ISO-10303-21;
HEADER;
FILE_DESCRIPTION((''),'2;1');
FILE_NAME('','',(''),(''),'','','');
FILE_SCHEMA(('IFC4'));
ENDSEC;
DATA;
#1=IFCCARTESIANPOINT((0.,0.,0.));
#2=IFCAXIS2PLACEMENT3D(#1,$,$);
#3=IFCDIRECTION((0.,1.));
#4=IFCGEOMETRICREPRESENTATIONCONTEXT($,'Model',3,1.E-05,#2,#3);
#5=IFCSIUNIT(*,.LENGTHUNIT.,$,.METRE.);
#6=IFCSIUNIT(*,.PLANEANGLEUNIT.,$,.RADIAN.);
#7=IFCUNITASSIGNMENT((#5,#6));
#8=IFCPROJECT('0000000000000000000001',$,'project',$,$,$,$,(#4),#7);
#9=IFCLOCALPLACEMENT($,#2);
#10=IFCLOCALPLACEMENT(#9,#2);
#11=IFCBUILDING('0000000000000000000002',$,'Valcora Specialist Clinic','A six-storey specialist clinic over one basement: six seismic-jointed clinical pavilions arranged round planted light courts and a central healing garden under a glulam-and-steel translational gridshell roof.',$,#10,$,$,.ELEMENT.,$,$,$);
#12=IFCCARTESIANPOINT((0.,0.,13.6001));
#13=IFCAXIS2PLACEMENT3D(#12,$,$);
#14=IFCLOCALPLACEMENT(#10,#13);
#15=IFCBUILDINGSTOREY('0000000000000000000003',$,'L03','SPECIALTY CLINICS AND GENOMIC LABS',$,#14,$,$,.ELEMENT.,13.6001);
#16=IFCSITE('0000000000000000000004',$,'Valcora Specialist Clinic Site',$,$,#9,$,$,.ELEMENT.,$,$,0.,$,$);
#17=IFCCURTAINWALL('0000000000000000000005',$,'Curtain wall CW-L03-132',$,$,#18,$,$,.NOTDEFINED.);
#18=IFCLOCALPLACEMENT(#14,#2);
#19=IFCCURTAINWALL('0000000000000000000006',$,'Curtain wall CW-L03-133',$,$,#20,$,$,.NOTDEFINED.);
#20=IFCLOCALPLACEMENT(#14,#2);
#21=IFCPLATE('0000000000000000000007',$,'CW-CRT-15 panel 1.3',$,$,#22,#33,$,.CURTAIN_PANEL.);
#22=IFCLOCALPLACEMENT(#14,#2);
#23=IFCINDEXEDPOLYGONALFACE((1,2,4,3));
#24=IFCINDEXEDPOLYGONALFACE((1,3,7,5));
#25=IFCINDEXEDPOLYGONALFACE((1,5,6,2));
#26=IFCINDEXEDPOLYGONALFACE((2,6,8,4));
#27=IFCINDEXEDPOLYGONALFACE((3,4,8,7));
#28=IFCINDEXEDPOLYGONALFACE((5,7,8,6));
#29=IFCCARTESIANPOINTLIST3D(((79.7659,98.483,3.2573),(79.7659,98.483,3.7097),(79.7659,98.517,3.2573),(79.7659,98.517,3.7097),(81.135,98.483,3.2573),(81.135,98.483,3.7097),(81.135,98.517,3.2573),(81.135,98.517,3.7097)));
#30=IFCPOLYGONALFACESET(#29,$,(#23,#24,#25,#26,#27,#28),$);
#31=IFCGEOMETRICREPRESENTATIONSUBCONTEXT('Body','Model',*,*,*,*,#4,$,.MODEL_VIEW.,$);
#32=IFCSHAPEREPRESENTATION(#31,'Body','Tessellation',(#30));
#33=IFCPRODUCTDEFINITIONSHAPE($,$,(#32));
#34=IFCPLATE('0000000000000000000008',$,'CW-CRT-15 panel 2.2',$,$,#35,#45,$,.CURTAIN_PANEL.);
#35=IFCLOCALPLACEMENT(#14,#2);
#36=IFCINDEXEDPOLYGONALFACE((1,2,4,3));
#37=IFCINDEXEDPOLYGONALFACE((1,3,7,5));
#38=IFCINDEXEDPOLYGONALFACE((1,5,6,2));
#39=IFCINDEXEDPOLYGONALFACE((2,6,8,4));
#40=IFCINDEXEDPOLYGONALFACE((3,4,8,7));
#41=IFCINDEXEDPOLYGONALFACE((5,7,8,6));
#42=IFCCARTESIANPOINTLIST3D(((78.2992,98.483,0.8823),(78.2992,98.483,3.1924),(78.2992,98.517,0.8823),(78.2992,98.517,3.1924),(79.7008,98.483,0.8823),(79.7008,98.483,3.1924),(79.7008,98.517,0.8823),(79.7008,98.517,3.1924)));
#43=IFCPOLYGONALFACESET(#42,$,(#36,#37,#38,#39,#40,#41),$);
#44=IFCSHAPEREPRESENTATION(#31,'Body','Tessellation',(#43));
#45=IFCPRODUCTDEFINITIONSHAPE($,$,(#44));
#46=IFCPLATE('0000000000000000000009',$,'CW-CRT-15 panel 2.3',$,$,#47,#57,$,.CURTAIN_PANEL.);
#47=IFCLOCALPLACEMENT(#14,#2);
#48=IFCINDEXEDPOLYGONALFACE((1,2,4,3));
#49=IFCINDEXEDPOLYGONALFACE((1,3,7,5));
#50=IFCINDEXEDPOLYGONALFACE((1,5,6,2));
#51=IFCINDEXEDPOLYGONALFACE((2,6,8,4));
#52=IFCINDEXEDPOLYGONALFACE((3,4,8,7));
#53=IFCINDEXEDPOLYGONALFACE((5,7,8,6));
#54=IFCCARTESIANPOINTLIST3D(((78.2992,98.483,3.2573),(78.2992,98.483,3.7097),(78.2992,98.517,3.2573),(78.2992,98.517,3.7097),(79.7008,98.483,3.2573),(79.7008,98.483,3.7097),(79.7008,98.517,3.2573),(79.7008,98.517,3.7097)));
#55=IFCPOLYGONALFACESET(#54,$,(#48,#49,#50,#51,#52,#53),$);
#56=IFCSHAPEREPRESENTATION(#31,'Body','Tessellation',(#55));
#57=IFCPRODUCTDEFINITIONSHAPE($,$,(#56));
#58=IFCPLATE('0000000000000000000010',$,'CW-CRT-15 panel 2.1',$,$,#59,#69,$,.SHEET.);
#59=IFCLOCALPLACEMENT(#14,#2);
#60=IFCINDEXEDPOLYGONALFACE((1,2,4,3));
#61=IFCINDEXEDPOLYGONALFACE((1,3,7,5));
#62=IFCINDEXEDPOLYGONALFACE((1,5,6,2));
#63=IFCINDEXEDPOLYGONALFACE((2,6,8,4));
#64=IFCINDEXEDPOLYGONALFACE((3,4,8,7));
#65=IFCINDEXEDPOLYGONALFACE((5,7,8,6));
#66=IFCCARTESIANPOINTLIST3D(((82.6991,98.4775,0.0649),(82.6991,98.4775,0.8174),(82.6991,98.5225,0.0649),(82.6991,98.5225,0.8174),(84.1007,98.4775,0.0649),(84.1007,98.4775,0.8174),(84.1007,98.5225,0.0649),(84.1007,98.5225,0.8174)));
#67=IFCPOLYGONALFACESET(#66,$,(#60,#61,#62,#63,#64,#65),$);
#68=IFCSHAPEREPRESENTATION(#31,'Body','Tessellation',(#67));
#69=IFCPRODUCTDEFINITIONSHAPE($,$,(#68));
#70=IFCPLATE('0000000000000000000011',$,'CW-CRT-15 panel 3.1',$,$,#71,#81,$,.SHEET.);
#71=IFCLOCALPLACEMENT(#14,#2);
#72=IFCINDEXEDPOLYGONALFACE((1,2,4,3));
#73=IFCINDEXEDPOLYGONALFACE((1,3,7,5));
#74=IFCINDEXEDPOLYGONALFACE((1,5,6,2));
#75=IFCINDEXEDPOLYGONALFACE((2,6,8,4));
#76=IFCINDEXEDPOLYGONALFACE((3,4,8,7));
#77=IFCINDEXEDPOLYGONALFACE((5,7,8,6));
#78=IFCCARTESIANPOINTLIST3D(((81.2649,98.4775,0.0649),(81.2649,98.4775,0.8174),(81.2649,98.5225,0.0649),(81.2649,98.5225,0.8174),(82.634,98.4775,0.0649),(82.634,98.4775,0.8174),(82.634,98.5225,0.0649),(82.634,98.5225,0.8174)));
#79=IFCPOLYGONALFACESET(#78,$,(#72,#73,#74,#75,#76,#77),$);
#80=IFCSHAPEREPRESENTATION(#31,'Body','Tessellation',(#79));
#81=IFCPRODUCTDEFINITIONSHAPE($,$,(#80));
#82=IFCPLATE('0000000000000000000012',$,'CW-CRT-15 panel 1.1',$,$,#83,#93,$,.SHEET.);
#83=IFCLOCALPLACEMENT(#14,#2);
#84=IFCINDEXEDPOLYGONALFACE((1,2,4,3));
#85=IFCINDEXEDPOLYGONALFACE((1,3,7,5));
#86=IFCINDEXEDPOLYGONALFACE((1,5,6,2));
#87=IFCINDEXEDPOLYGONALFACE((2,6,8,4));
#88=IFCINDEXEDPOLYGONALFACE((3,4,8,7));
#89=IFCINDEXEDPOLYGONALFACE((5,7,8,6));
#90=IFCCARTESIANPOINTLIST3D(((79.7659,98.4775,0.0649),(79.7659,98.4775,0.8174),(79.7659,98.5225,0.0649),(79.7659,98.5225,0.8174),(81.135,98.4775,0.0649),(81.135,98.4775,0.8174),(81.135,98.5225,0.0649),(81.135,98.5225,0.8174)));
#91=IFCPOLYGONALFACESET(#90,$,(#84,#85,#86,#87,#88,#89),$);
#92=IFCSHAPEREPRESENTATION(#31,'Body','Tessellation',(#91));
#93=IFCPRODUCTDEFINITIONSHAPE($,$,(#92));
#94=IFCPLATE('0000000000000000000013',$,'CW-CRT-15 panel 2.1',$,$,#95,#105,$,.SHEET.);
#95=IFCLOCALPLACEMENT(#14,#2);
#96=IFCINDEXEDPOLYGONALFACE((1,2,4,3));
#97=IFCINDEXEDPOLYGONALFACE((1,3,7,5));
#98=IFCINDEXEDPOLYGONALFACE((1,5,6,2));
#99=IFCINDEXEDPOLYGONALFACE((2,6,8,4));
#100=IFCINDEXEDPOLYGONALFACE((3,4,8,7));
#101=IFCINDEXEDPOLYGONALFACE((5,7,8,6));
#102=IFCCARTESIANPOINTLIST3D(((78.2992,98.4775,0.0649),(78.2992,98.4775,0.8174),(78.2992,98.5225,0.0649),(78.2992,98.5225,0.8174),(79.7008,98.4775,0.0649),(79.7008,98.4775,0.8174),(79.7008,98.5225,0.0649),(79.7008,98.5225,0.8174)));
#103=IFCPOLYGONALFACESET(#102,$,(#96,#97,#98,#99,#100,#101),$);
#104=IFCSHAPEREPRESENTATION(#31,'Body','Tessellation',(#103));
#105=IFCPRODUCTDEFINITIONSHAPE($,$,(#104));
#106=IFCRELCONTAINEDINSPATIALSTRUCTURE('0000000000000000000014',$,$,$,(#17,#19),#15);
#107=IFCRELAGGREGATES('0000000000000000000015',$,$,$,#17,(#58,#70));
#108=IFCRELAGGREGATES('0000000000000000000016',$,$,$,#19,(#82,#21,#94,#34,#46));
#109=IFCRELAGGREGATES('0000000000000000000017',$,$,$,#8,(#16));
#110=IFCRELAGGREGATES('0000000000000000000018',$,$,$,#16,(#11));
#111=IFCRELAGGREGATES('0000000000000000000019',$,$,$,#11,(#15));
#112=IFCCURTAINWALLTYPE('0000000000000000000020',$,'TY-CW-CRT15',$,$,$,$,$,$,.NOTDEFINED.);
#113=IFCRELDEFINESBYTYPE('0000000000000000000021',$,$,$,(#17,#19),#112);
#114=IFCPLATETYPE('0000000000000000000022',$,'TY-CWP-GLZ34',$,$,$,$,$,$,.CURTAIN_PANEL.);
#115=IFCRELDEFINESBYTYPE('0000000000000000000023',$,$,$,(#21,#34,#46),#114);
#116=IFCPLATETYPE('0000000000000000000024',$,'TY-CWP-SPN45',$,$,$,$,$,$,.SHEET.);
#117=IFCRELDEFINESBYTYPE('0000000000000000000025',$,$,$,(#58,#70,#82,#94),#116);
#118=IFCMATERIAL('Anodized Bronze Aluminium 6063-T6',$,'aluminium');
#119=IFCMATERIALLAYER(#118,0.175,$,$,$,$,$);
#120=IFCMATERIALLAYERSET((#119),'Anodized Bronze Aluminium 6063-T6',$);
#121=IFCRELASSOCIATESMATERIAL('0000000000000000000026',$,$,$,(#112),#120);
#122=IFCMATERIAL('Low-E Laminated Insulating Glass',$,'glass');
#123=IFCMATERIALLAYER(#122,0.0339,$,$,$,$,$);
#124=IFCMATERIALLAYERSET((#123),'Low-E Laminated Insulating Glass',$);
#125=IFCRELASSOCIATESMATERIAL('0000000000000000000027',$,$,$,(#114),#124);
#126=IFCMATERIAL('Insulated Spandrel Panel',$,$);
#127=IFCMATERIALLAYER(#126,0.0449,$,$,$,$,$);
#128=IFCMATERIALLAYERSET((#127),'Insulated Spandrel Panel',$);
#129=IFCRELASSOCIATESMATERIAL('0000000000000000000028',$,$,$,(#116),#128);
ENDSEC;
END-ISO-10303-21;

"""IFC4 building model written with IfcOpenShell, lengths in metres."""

from ifc_helpers import new_model, si_unit, direction, frame, origin, origin_2d, place, context, subcontext, project, spatial, rectangle, extrude, material, layer, layer_set, type_object, element, aggregate, save


model = new_model("IFC4")

# Units and contexts
model_context = context("Model", 3, precision=1e-05, world=origin(), true_north=direction((0.0, 1.0)))
body_context = subcontext(model_context, "Body", "Model", "MODEL_VIEW")
ifc_project = project(units=[si_unit("LENGTHUNIT", "METRE"), si_unit("PLANEANGLEUNIT", "RADIAN")], contexts=[model_context])

# Site, building, storey
site_placement = place(None, origin())
site = spatial("IfcSite", under=ifc_project, at=site_placement, Name="Valcora Specialist Clinic Site", CompositionType="ELEMENT", RefElevation=0.0)
building_placement = place(site_placement, origin())
building = spatial("IfcBuilding", under=site, at=building_placement, Name="Valcora Specialist Clinic", Description="A six-storey specialist clinic over one basement: six seismic-jointed clinical pavilions arranged round planted light courts and a central healing garden under a glulam-and-steel translational gridshell roof.", CompositionType="ELEMENT")
storey_placement = place(building_placement, frame((0.0, 0.0, 13.6001)))
storey = spatial("IfcBuildingStorey", under=building, at=storey_placement, Name="L03", Description="SPECIALTY CLINICS AND GENOMIC LABS", CompositionType="ELEMENT", Elevation=13.6001)

# Curtain walls
ifc_material_1 = material(Name="Anodized Bronze Aluminium 6063-T6", Category="aluminium")
ifc_layer_1 = layer(ifc_material_1, 0.175)
ifc_layer_set_1 = layer_set([ifc_layer_1], Name="Anodized Bronze Aluminium 6063-T6")
curtain_wall_type = type_object("IfcCurtainWallType", Name="TY-CW-CRT15", PredefinedType="NOTDEFINED", material=ifc_layer_set_1)
curtain_wall_1_placement = place(storey_placement, origin())
curtain_wall_1 = element("IfcCurtainWall", 1, at=curtain_wall_1_placement, inside=storey, type_object=curtain_wall_type, Name="Curtain wall CW-L03-132", PredefinedType="NOTDEFINED")
curtain_wall_2_placement = place(storey_placement, origin())
curtain_wall_2 = element("IfcCurtainWall", 2, at=curtain_wall_2_placement, inside=storey, type_object=curtain_wall_type, Name="Curtain wall CW-L03-133", PredefinedType="NOTDEFINED")

# Plates
ifc_material_2 = material(Name="Low-E Laminated Insulating Glass", Category="glass")
ifc_layer_2 = layer(ifc_material_2, 0.0339)
ifc_layer_set_2 = layer_set([ifc_layer_2], Name="Low-E Laminated Insulating Glass")
plate_type_1 = type_object("IfcPlateType", Name="TY-CWP-GLZ34", PredefinedType="CURTAIN_PANEL", material=ifc_layer_set_2)
plate_1_placement = place(storey_placement, frame((80.4504, 98.5, 3.2573), z_axis=(0.0, 0.0, 1.0), x_axis=(-1.0, 0.0, 0.0)))
plate_1 = element("IfcPlate", 3, at=plate_1_placement, type_object=plate_type_1, Name="CW-CRT-15 panel 1.3", PredefinedType="CURTAIN_PANEL", context=body_context, shape_type="SweptSolid", body=[
    extrude(rectangle(XDim=1.3691, YDim=0.0339, at=origin_2d()), origin(), (0.0, 0.0, 1.0), 0.4524),
])
plate_2_placement = place(storey_placement, frame((79.0, 98.5, 0.8823), z_axis=(0.0, 0.0, 1.0), x_axis=(-1.0, 0.0, 0.0)))
plate_2 = element("IfcPlate", 4, at=plate_2_placement, type_object=plate_type_1, Name="CW-CRT-15 panel 2.2", PredefinedType="CURTAIN_PANEL", context=body_context, shape_type="SweptSolid", body=[
    extrude(rectangle(XDim=1.4016, YDim=0.0339, at=origin_2d()), origin(), (0.0, 0.0, 1.0), 2.3101),
])
plate_3_placement = place(storey_placement, frame((79.0, 98.5, 3.2573), z_axis=(0.0, 0.0, 1.0), x_axis=(-1.0, 0.0, 0.0)))
plate_3 = element("IfcPlate", 5, at=plate_3_placement, type_object=plate_type_1, Name="CW-CRT-15 panel 2.3", PredefinedType="CURTAIN_PANEL", context=body_context, shape_type="SweptSolid", body=[
    extrude(rectangle(XDim=1.4016, YDim=0.0339, at=origin_2d()), origin(), (0.0, 0.0, 1.0), 0.4524),
])
ifc_material_3 = material(Name="Insulated Spandrel Panel")
ifc_layer_3 = layer(ifc_material_3, 0.0449)
ifc_layer_set_3 = layer_set([ifc_layer_3], Name="Insulated Spandrel Panel")
plate_type_2 = type_object("IfcPlateType", Name="TY-CWP-SPN45", PredefinedType="SHEET", material=ifc_layer_set_3)
plate_4_placement = place(storey_placement, frame((83.3999, 98.5, 0.0649), z_axis=(0.0, 0.0, 1.0), x_axis=(-1.0, 0.0, 0.0)))
plate_4 = element("IfcPlate", 6, at=plate_4_placement, type_object=plate_type_2, Name="CW-CRT-15 panel 2.1", PredefinedType="SHEET", context=body_context, shape_type="SweptSolid", body=[
    extrude(rectangle(XDim=1.4016, YDim=0.0449, at=origin_2d()), origin(), (0.0, 0.0, 1.0), 0.7524),
])
plate_5_placement = place(storey_placement, frame((81.9495, 98.5, 0.0649), z_axis=(0.0, 0.0, 1.0), x_axis=(-1.0, 0.0, 0.0)))
plate_5 = element("IfcPlate", 7, at=plate_5_placement, type_object=plate_type_2, Name="CW-CRT-15 panel 3.1", PredefinedType="SHEET", context=body_context, shape_type="SweptSolid", body=[
    extrude(rectangle(XDim=1.3691, YDim=0.0449, at=origin_2d()), origin(), (0.0, 0.0, 1.0), 0.7524),
])
aggregate(curtain_wall_1, [plate_4, plate_5])
plate_6_placement = place(storey_placement, frame((80.4504, 98.5, 0.0649), z_axis=(0.0, 0.0, 1.0), x_axis=(-1.0, 0.0, 0.0)))
plate_6 = element("IfcPlate", 8, at=plate_6_placement, type_object=plate_type_2, Name="CW-CRT-15 panel 1.1", PredefinedType="SHEET", context=body_context, shape_type="SweptSolid", body=[
    extrude(rectangle(XDim=1.3691, YDim=0.0449, at=origin_2d()), origin(), (0.0, 0.0, 1.0), 0.7524),
])
plate_7_placement = place(storey_placement, frame((79.0, 98.5, 0.0649), z_axis=(0.0, 0.0, 1.0), x_axis=(-1.0, 0.0, 0.0)))
plate_7 = element("IfcPlate", 9, at=plate_7_placement, type_object=plate_type_2, Name="CW-CRT-15 panel 2.1", PredefinedType="SHEET", context=body_context, shape_type="SweptSolid", body=[
    extrude(rectangle(XDim=1.4016, YDim=0.0449, at=origin_2d()), origin(), (0.0, 0.0, 1.0), 0.7524),
])
aggregate(curtain_wall_2, [plate_6, plate_1, plate_7, plate_2, plate_3])

save(model, "model.ifc")
